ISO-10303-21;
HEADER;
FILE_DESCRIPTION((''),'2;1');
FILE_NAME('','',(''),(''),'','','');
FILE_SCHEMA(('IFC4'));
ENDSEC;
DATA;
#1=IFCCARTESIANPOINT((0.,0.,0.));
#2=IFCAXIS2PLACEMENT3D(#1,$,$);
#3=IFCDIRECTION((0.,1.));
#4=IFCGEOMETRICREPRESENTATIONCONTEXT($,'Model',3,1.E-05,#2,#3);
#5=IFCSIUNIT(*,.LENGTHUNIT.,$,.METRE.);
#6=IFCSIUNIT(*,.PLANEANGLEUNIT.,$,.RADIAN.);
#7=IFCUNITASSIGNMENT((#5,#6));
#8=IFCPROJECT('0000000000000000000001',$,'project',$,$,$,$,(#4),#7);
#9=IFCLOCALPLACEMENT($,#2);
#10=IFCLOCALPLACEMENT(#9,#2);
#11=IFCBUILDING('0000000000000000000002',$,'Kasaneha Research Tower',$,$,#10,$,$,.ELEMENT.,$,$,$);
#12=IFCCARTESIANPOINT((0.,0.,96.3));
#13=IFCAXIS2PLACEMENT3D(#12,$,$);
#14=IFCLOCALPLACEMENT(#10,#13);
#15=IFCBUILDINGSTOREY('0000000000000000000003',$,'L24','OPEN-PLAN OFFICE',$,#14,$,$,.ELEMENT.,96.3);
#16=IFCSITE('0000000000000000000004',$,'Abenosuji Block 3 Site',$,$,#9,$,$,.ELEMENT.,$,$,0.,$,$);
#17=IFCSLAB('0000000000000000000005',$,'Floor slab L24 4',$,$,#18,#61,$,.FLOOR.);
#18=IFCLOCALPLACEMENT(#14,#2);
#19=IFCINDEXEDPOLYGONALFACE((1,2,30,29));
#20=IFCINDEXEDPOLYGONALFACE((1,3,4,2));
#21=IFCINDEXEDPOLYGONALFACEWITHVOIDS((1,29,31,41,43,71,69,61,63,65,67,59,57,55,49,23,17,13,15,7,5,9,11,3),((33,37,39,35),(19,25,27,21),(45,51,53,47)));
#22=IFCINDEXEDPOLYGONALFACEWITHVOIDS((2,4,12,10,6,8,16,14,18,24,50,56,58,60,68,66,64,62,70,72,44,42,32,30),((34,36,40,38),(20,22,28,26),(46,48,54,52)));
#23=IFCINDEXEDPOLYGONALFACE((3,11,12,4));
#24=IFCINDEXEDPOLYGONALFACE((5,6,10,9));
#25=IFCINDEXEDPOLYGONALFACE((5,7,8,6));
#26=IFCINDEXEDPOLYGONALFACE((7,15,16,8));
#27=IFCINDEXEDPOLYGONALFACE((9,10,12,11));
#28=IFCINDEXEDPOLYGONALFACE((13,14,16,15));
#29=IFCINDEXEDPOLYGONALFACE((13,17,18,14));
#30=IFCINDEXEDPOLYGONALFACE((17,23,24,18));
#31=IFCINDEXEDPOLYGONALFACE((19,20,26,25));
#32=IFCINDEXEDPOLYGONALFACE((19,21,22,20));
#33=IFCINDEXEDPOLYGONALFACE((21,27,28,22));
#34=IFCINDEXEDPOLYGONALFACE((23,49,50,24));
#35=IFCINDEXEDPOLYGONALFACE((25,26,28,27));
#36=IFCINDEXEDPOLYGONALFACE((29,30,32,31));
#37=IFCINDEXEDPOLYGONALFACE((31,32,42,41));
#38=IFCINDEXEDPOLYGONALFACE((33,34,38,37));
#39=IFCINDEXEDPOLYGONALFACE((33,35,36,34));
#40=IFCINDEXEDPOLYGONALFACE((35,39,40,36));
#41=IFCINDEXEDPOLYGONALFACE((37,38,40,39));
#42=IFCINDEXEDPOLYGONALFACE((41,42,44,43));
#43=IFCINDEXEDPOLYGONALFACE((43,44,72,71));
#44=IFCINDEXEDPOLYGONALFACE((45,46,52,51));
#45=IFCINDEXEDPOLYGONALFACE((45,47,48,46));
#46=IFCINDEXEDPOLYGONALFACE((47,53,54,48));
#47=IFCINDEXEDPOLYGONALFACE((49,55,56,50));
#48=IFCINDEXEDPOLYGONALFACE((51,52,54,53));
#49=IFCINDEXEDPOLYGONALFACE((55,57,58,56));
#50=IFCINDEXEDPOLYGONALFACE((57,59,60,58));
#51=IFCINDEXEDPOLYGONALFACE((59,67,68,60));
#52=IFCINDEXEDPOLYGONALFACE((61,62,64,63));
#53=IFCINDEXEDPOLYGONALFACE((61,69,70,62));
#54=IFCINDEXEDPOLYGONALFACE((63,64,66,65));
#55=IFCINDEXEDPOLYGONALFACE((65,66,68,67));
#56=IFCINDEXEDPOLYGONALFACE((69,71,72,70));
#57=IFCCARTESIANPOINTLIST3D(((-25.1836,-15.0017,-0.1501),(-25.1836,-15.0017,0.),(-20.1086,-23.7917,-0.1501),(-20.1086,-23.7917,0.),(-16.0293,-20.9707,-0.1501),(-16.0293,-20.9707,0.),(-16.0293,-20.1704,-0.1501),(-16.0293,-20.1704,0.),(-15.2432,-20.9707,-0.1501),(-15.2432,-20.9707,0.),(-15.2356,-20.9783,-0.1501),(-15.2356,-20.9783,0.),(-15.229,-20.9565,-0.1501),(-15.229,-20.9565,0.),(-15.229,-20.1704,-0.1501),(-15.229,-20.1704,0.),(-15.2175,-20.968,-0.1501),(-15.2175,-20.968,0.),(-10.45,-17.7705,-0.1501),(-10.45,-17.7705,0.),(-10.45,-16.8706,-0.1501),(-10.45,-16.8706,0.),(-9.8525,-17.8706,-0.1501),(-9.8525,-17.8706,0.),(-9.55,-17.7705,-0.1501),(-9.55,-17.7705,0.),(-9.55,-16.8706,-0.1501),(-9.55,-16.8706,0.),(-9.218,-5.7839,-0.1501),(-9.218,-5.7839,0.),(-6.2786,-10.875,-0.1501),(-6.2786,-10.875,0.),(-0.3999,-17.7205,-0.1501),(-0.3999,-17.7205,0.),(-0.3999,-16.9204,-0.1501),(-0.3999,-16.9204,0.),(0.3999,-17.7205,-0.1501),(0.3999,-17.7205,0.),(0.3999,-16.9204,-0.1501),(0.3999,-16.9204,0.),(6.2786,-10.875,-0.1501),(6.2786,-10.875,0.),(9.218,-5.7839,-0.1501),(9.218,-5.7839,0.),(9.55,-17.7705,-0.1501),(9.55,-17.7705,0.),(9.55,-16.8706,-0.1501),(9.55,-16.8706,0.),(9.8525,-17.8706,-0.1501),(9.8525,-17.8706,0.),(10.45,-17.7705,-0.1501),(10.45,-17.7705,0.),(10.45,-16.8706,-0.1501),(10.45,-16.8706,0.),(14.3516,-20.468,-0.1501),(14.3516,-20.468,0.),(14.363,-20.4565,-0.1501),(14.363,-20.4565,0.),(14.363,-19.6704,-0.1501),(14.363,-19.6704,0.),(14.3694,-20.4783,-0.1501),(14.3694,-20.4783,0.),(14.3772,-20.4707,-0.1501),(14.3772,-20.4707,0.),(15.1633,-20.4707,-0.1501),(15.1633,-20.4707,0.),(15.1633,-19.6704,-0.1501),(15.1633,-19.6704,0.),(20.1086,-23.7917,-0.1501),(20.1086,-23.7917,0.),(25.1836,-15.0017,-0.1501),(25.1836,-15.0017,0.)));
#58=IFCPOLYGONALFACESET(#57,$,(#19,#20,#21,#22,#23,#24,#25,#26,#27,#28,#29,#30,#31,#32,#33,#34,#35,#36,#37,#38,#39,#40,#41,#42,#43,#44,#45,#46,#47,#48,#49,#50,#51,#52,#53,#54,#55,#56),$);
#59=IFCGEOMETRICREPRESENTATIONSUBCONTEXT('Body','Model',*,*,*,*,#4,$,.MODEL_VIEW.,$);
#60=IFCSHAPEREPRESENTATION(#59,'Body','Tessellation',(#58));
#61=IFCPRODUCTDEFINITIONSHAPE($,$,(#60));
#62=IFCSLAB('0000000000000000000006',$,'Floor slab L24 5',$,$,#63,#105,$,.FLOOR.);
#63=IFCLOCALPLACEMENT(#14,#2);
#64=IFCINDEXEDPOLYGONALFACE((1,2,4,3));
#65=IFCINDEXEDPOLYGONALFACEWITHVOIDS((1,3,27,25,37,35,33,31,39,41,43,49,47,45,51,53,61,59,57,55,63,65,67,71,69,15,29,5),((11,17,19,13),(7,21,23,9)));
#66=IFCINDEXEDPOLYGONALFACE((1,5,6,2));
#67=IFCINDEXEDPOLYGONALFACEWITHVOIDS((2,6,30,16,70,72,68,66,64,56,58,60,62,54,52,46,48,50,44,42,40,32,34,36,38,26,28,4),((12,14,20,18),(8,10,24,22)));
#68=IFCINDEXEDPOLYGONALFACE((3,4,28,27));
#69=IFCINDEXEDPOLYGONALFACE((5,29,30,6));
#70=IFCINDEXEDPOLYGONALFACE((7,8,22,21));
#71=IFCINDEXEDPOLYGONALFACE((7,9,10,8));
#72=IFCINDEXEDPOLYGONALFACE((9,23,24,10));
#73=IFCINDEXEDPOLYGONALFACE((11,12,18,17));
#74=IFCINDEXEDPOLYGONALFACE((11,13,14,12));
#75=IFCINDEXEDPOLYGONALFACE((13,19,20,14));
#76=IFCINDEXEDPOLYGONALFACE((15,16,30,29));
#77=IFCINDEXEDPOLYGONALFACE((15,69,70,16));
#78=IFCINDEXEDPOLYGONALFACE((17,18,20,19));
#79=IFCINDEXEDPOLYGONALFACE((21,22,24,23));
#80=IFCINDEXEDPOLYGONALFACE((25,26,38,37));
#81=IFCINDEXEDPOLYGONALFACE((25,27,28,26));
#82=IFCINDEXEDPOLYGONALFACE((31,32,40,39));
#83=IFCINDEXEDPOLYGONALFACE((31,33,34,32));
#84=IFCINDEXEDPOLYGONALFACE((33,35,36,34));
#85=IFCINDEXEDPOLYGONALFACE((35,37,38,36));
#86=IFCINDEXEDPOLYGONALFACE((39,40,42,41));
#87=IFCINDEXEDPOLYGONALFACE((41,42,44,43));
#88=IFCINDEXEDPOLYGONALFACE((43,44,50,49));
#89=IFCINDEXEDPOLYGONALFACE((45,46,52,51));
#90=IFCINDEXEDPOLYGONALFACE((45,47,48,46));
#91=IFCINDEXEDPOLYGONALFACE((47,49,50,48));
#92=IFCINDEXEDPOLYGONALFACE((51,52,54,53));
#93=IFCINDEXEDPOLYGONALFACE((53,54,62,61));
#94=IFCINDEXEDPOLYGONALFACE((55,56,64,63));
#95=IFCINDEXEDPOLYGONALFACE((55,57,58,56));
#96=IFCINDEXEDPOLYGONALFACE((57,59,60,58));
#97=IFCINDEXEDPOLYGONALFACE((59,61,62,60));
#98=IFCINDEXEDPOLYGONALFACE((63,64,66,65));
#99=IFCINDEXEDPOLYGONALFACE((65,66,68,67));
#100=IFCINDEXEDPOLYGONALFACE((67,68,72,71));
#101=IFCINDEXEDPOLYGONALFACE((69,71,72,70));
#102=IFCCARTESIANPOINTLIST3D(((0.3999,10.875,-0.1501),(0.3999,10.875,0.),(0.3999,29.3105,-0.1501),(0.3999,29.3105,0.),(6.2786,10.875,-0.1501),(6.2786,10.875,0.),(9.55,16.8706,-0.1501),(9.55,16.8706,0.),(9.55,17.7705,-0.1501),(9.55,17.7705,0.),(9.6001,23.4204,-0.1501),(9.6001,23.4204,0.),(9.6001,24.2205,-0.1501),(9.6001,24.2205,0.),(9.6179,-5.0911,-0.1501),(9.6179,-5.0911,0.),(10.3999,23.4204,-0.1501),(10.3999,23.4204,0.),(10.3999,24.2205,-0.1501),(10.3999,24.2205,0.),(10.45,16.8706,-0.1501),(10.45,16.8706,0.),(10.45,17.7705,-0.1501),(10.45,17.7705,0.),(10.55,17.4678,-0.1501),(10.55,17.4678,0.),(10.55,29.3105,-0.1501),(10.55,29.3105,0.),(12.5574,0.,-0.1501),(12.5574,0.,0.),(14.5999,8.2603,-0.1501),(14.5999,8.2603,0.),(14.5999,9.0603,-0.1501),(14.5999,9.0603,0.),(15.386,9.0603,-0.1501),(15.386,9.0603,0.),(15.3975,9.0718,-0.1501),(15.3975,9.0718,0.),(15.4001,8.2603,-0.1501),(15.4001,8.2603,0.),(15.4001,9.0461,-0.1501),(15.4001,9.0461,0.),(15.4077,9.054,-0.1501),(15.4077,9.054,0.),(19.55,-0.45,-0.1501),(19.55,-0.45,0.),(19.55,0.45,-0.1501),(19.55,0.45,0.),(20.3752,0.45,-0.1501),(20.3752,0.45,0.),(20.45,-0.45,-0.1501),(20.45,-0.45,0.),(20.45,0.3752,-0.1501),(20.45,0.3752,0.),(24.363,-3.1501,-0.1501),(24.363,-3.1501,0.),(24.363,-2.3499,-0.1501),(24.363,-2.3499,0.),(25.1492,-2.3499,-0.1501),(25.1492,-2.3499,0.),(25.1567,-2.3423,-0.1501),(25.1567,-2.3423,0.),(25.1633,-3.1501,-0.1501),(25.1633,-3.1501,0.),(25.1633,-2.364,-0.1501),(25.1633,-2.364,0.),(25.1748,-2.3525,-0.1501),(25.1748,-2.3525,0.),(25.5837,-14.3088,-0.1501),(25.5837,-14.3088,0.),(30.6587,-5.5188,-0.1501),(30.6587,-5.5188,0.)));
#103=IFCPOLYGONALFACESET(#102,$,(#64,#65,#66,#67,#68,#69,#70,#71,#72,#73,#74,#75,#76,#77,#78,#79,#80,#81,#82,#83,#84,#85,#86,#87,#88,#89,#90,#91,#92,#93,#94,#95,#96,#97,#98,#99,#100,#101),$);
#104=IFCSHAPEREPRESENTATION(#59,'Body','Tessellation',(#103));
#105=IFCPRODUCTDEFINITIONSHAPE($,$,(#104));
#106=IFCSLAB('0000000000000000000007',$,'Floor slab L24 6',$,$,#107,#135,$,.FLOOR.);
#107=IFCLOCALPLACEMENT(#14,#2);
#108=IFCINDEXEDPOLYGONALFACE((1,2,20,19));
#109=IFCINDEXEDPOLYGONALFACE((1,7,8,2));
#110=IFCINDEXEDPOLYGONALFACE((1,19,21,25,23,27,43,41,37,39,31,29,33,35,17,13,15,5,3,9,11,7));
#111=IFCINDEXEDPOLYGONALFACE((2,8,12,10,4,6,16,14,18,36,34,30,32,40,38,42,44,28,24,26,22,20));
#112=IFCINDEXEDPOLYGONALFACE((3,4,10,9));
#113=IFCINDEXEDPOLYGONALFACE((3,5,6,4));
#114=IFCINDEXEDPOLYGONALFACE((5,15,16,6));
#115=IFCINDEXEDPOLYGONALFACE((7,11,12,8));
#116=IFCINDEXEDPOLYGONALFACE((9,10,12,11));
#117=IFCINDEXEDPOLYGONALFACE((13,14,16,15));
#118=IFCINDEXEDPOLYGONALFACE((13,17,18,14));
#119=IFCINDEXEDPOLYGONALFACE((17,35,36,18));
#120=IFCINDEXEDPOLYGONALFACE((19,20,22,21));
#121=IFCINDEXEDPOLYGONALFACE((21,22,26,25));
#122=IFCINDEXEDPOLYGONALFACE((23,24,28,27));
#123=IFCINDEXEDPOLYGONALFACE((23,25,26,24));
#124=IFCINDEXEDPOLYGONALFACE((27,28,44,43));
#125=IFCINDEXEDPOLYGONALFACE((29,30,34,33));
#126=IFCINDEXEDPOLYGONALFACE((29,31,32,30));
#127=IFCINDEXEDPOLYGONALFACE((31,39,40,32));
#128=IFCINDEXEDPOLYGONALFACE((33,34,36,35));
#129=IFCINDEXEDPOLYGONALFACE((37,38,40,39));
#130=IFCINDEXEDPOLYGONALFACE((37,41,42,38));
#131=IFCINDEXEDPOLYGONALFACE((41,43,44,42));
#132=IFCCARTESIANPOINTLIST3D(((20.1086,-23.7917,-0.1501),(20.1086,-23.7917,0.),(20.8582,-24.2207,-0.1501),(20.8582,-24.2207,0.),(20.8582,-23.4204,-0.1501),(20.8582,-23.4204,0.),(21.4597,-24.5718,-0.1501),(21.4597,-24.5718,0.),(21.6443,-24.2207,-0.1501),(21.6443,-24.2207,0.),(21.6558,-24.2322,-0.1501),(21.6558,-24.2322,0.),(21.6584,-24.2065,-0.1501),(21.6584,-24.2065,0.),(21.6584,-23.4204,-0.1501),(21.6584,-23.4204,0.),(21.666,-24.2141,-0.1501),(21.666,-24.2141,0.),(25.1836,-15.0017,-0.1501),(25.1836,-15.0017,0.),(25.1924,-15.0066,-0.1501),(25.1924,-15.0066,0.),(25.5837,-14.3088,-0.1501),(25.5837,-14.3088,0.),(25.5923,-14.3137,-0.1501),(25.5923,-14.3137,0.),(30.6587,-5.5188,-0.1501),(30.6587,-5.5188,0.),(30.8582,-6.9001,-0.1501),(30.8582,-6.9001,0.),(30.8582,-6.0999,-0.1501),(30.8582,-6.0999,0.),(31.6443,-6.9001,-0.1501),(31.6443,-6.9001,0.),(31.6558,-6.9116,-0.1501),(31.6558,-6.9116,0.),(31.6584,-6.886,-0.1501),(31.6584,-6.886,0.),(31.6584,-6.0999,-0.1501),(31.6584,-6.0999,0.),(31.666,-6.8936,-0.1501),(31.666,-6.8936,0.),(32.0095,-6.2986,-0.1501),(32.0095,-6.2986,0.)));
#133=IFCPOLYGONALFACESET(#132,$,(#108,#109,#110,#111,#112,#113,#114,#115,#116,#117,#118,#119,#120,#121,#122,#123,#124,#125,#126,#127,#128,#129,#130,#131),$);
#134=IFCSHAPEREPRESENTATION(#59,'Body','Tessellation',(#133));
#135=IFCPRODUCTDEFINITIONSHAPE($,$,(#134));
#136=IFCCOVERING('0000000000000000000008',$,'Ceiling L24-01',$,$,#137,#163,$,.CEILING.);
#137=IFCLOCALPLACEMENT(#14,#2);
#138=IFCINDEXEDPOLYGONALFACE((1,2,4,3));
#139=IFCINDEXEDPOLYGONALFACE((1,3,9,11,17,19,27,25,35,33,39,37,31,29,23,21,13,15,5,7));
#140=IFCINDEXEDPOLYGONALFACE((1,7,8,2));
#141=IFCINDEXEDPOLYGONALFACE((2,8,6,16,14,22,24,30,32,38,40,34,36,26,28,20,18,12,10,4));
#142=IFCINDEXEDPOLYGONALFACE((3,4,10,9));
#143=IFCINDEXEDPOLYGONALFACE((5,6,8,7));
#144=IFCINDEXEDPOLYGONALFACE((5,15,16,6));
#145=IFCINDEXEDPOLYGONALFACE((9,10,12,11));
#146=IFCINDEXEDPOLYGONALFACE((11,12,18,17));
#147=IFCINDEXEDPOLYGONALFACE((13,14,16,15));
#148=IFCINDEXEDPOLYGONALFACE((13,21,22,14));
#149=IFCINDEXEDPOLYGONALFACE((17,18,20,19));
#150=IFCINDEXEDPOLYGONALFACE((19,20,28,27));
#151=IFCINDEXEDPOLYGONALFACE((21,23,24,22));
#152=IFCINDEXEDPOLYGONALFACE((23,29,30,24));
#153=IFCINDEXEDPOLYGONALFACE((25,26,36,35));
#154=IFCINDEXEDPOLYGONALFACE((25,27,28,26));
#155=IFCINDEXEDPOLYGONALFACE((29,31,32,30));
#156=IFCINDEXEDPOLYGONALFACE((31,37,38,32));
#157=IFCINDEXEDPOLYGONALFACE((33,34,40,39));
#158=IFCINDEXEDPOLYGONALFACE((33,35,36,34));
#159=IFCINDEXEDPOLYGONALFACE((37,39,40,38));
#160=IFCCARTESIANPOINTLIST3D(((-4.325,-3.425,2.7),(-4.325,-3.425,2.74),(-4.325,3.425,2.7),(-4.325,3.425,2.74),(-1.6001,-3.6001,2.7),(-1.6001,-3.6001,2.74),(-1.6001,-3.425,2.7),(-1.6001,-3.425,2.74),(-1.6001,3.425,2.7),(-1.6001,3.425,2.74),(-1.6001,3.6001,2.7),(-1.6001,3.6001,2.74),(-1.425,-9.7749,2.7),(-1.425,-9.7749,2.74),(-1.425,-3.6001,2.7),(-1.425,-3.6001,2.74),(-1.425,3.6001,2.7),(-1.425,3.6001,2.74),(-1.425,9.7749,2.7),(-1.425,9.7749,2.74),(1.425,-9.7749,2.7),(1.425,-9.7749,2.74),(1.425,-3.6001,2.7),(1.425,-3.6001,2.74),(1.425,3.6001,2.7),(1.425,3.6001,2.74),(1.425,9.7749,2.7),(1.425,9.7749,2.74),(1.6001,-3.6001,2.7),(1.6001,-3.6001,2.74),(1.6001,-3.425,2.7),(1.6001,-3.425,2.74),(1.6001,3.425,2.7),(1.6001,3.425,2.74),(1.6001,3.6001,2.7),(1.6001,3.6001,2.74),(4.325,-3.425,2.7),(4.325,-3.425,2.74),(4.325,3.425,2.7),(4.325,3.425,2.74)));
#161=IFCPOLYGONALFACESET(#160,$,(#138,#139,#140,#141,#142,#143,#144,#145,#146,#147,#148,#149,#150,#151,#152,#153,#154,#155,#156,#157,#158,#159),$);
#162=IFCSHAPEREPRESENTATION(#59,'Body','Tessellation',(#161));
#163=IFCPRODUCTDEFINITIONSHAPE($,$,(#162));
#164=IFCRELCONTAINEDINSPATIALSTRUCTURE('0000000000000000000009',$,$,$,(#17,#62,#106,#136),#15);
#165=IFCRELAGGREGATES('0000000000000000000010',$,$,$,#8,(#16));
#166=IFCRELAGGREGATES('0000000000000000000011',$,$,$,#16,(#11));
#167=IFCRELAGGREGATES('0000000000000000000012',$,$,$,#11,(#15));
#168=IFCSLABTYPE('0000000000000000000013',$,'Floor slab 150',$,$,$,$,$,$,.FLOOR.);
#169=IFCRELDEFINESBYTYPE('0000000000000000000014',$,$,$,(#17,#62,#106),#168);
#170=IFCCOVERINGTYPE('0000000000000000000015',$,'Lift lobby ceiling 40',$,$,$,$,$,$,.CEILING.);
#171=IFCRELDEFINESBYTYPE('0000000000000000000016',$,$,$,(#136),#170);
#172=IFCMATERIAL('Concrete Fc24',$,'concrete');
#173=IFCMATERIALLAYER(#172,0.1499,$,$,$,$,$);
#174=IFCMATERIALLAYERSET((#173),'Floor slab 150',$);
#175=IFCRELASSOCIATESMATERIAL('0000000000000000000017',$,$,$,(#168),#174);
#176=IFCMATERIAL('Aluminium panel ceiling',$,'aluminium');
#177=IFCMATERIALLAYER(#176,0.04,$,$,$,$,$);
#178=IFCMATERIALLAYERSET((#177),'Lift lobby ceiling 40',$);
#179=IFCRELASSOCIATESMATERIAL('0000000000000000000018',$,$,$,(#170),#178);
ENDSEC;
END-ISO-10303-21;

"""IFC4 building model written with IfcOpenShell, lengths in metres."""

from ifc_helpers import new_model, si_unit, direction, frame, origin, place, context, subcontext, project, spatial, polyline, outline, extrude, material, layer, layer_set, type_object, element, save


model = new_model("IFC4")

# Units and contexts
model_context = context("Model", 3, precision=1e-05, world=origin(), true_north=direction((0.0, 1.0)))
body_context = subcontext(model_context, "Body", "Model", "MODEL_VIEW")
ifc_project = project(units=[si_unit("LENGTHUNIT", "METRE"), si_unit("PLANEANGLEUNIT", "RADIAN")], contexts=[model_context])

# Site, building, storey
site_placement = place(None, origin())
site = spatial("IfcSite", under=ifc_project, at=site_placement, Name="Abenosuji Block 3 Site", CompositionType="ELEMENT", RefElevation=0.0)
building_placement = place(site_placement, origin())
building = spatial("IfcBuilding", under=site, at=building_placement, Name="Kasaneha Research Tower", CompositionType="ELEMENT")
storey_placement = place(building_placement, frame((0.0, 0.0, 96.3)))
storey = spatial("IfcBuildingStorey", under=building, at=storey_placement, Name="L24", Description="OPEN-PLAN OFFICE", CompositionType="ELEMENT", Elevation=96.3)

# Slabs
ifc_material_1 = material(Name="Concrete Fc24", Category="concrete")
ifc_layer_1 = layer(ifc_material_1, 0.1499)
ifc_layer_set_1 = layer_set([ifc_layer_1], Name="Floor slab 150")
slab_type_1 = type_object("IfcSlabType", Name="Floor slab 150", PredefinedType="FLOOR", material=ifc_layer_set_1)
slab_1_placement = place(storey_placement, frame((0.0, 0.0, -0.1501)))
element("IfcSlab", 1, at=slab_1_placement, inside=storey, type_object=slab_type_1, Name="Floor slab L24 4", PredefinedType="FLOOR", context=body_context, shape_type="SweptSolid", body=[
    extrude(outline(polyline([(-6.2786, -10.875), (6.2786, -10.875), (9.218, -5.7839), (25.1836, -15.0017), (20.1086, -23.7917), (14.3694, -20.4783), (14.3772, -20.4707), (15.1633, -20.4707), (15.1633, -19.6704), (14.363, -19.6704), (14.363, -20.4565), (14.3516, -20.468), (9.8525, -17.8706), (-9.8525, -17.8706), (-15.2175, -20.968), (-15.229, -20.9565), (-15.229, -20.1704), (-16.0293, -20.1704), (-16.0293, -20.9707), (-15.2432, -20.9707), (-15.2356, -20.9783), (-20.1086, -23.7917), (-25.1836, -15.0017), (-9.218, -5.7839), (-6.2786, -10.875)]), holes=[polyline([(0.3999, -17.7205), (0.3999, -16.9204), (-0.3999, -16.9204), (-0.3999, -17.7205), (0.3999, -17.7205)]), polyline([(-9.55, -16.8706), (-10.45, -16.8706), (-10.45, -17.7705), (-9.55, -17.7705), (-9.55, -16.8706)]), polyline([(10.45, -16.8706), (9.55, -16.8706), (9.55, -17.7705), (10.45, -17.7705), (10.45, -16.8706)])]), origin(), (0.0, 0.0, 1.0), 0.1501),
])
slab_2_placement = place(storey_placement, frame((0.0, 0.0, -0.1501)))
element("IfcSlab", 2, at=slab_2_placement, inside=storey, type_object=slab_type_1, Name="Floor slab L24 5", PredefinedType="FLOOR", context=body_context, shape_type="SweptSolid", body=[
    extrude(outline(polyline([(9.6179, -5.0911), (12.5574, 0.0), (6.2786, 10.875), (0.3999, 10.875), (0.3999, 29.3105), (10.55, 29.3105), (10.55, 17.4678), (15.3975, 9.0718), (15.386, 9.0603), (14.5999, 9.0603), (14.5999, 8.2603), (15.4001, 8.2603), (15.4001, 9.0461), (15.4077, 9.054), (20.3752, 0.45), (19.55, 0.45), (19.55, -0.45), (20.45, -0.45), (20.45, 0.3752), (25.1567, -2.3423), (25.1492, -2.3499), (24.363, -2.3499), (24.363, -3.1501), (25.1633, -3.1501), (25.1633, -2.364), (25.1748, -2.3525), (30.6587, -5.5188), (25.5837, -14.3088), (9.6179, -5.0911)]), holes=[polyline([(10.45, 16.8706), (10.45, 17.7705), (9.55, 17.7705), (9.55, 16.8706), (10.45, 16.8706)]), polyline([(10.3999, 23.4204), (10.3999, 24.2205), (9.6001, 24.2205), (9.6001, 23.4204), (10.3999, 23.4204)])]), origin(), (0.0, 0.0, 1.0), 0.1501),
])
slab_3_placement = place(storey_placement, frame((0.0, 0.0, -0.1501)))
element("IfcSlab", 3, at=slab_3_placement, inside=storey, type_object=slab_type_1, Name="Floor slab L24 6", PredefinedType="FLOOR", context=body_context, shape_type="SweptSolid", body=[
    extrude(outline(polyline([(25.1924, -15.0066), (25.5923, -14.3137), (25.5837, -14.3088), (30.6587, -5.5188), (32.0095, -6.2986), (31.666, -6.8936), (31.6584, -6.886), (31.6584, -6.0999), (30.8582, -6.0999), (30.8582, -6.9001), (31.6443, -6.9001), (31.6558, -6.9116), (21.666, -24.2141), (21.6584, -24.2065), (21.6584, -23.4204), (20.8582, -23.4204), (20.8582, -24.2207), (21.6443, -24.2207), (21.6558, -24.2322), (21.4597, -24.5718), (20.1086, -23.7917), (25.1836, -15.0017), (25.1924, -15.0066)])), origin(), (0.0, 0.0, 1.0), 0.1501),
])

# Covering
ifc_material_2 = material(Name="Aluminium panel ceiling", Category="aluminium")
ifc_layer_2 = layer(ifc_material_2, 0.04)
ifc_layer_set_2 = layer_set([ifc_layer_2], Name="Lift lobby ceiling 40")
covering_type_1 = type_object("IfcCoveringType", Name="Lift lobby ceiling 40", PredefinedType="CEILING", material=ifc_layer_set_2)
covering_1_placement = place(storey_placement, frame((0.0, 0.0, 2.7)))
element("IfcCovering", 4, at=covering_1_placement, inside=storey, type_object=covering_type_1, Name="Ceiling L24-01", PredefinedType="CEILING", context=body_context, shape_type="SweptSolid", body=[
    extrude(outline(polyline([(1.425, 9.7749), (1.425, 3.6001), (1.6001, 3.6001), (1.6001, 3.425), (4.325, 3.425), (4.325, -3.425), (1.6001, -3.425), (1.6001, -3.6001), (1.425, -3.6001), (1.425, -9.7749), (-1.425, -9.7749), (-1.425, -3.6001), (-1.6001, -3.6001), (-1.6001, -3.425), (-4.325, -3.425), (-4.325, 3.425), (-1.6001, 3.425), (-1.6001, 3.6001), (-1.425, 3.6001), (-1.425, 9.7749), (1.425, 9.7749)])), origin(), (0.0, 0.0, 1.0), 0.04),
])

save(model, "model.ifc")
